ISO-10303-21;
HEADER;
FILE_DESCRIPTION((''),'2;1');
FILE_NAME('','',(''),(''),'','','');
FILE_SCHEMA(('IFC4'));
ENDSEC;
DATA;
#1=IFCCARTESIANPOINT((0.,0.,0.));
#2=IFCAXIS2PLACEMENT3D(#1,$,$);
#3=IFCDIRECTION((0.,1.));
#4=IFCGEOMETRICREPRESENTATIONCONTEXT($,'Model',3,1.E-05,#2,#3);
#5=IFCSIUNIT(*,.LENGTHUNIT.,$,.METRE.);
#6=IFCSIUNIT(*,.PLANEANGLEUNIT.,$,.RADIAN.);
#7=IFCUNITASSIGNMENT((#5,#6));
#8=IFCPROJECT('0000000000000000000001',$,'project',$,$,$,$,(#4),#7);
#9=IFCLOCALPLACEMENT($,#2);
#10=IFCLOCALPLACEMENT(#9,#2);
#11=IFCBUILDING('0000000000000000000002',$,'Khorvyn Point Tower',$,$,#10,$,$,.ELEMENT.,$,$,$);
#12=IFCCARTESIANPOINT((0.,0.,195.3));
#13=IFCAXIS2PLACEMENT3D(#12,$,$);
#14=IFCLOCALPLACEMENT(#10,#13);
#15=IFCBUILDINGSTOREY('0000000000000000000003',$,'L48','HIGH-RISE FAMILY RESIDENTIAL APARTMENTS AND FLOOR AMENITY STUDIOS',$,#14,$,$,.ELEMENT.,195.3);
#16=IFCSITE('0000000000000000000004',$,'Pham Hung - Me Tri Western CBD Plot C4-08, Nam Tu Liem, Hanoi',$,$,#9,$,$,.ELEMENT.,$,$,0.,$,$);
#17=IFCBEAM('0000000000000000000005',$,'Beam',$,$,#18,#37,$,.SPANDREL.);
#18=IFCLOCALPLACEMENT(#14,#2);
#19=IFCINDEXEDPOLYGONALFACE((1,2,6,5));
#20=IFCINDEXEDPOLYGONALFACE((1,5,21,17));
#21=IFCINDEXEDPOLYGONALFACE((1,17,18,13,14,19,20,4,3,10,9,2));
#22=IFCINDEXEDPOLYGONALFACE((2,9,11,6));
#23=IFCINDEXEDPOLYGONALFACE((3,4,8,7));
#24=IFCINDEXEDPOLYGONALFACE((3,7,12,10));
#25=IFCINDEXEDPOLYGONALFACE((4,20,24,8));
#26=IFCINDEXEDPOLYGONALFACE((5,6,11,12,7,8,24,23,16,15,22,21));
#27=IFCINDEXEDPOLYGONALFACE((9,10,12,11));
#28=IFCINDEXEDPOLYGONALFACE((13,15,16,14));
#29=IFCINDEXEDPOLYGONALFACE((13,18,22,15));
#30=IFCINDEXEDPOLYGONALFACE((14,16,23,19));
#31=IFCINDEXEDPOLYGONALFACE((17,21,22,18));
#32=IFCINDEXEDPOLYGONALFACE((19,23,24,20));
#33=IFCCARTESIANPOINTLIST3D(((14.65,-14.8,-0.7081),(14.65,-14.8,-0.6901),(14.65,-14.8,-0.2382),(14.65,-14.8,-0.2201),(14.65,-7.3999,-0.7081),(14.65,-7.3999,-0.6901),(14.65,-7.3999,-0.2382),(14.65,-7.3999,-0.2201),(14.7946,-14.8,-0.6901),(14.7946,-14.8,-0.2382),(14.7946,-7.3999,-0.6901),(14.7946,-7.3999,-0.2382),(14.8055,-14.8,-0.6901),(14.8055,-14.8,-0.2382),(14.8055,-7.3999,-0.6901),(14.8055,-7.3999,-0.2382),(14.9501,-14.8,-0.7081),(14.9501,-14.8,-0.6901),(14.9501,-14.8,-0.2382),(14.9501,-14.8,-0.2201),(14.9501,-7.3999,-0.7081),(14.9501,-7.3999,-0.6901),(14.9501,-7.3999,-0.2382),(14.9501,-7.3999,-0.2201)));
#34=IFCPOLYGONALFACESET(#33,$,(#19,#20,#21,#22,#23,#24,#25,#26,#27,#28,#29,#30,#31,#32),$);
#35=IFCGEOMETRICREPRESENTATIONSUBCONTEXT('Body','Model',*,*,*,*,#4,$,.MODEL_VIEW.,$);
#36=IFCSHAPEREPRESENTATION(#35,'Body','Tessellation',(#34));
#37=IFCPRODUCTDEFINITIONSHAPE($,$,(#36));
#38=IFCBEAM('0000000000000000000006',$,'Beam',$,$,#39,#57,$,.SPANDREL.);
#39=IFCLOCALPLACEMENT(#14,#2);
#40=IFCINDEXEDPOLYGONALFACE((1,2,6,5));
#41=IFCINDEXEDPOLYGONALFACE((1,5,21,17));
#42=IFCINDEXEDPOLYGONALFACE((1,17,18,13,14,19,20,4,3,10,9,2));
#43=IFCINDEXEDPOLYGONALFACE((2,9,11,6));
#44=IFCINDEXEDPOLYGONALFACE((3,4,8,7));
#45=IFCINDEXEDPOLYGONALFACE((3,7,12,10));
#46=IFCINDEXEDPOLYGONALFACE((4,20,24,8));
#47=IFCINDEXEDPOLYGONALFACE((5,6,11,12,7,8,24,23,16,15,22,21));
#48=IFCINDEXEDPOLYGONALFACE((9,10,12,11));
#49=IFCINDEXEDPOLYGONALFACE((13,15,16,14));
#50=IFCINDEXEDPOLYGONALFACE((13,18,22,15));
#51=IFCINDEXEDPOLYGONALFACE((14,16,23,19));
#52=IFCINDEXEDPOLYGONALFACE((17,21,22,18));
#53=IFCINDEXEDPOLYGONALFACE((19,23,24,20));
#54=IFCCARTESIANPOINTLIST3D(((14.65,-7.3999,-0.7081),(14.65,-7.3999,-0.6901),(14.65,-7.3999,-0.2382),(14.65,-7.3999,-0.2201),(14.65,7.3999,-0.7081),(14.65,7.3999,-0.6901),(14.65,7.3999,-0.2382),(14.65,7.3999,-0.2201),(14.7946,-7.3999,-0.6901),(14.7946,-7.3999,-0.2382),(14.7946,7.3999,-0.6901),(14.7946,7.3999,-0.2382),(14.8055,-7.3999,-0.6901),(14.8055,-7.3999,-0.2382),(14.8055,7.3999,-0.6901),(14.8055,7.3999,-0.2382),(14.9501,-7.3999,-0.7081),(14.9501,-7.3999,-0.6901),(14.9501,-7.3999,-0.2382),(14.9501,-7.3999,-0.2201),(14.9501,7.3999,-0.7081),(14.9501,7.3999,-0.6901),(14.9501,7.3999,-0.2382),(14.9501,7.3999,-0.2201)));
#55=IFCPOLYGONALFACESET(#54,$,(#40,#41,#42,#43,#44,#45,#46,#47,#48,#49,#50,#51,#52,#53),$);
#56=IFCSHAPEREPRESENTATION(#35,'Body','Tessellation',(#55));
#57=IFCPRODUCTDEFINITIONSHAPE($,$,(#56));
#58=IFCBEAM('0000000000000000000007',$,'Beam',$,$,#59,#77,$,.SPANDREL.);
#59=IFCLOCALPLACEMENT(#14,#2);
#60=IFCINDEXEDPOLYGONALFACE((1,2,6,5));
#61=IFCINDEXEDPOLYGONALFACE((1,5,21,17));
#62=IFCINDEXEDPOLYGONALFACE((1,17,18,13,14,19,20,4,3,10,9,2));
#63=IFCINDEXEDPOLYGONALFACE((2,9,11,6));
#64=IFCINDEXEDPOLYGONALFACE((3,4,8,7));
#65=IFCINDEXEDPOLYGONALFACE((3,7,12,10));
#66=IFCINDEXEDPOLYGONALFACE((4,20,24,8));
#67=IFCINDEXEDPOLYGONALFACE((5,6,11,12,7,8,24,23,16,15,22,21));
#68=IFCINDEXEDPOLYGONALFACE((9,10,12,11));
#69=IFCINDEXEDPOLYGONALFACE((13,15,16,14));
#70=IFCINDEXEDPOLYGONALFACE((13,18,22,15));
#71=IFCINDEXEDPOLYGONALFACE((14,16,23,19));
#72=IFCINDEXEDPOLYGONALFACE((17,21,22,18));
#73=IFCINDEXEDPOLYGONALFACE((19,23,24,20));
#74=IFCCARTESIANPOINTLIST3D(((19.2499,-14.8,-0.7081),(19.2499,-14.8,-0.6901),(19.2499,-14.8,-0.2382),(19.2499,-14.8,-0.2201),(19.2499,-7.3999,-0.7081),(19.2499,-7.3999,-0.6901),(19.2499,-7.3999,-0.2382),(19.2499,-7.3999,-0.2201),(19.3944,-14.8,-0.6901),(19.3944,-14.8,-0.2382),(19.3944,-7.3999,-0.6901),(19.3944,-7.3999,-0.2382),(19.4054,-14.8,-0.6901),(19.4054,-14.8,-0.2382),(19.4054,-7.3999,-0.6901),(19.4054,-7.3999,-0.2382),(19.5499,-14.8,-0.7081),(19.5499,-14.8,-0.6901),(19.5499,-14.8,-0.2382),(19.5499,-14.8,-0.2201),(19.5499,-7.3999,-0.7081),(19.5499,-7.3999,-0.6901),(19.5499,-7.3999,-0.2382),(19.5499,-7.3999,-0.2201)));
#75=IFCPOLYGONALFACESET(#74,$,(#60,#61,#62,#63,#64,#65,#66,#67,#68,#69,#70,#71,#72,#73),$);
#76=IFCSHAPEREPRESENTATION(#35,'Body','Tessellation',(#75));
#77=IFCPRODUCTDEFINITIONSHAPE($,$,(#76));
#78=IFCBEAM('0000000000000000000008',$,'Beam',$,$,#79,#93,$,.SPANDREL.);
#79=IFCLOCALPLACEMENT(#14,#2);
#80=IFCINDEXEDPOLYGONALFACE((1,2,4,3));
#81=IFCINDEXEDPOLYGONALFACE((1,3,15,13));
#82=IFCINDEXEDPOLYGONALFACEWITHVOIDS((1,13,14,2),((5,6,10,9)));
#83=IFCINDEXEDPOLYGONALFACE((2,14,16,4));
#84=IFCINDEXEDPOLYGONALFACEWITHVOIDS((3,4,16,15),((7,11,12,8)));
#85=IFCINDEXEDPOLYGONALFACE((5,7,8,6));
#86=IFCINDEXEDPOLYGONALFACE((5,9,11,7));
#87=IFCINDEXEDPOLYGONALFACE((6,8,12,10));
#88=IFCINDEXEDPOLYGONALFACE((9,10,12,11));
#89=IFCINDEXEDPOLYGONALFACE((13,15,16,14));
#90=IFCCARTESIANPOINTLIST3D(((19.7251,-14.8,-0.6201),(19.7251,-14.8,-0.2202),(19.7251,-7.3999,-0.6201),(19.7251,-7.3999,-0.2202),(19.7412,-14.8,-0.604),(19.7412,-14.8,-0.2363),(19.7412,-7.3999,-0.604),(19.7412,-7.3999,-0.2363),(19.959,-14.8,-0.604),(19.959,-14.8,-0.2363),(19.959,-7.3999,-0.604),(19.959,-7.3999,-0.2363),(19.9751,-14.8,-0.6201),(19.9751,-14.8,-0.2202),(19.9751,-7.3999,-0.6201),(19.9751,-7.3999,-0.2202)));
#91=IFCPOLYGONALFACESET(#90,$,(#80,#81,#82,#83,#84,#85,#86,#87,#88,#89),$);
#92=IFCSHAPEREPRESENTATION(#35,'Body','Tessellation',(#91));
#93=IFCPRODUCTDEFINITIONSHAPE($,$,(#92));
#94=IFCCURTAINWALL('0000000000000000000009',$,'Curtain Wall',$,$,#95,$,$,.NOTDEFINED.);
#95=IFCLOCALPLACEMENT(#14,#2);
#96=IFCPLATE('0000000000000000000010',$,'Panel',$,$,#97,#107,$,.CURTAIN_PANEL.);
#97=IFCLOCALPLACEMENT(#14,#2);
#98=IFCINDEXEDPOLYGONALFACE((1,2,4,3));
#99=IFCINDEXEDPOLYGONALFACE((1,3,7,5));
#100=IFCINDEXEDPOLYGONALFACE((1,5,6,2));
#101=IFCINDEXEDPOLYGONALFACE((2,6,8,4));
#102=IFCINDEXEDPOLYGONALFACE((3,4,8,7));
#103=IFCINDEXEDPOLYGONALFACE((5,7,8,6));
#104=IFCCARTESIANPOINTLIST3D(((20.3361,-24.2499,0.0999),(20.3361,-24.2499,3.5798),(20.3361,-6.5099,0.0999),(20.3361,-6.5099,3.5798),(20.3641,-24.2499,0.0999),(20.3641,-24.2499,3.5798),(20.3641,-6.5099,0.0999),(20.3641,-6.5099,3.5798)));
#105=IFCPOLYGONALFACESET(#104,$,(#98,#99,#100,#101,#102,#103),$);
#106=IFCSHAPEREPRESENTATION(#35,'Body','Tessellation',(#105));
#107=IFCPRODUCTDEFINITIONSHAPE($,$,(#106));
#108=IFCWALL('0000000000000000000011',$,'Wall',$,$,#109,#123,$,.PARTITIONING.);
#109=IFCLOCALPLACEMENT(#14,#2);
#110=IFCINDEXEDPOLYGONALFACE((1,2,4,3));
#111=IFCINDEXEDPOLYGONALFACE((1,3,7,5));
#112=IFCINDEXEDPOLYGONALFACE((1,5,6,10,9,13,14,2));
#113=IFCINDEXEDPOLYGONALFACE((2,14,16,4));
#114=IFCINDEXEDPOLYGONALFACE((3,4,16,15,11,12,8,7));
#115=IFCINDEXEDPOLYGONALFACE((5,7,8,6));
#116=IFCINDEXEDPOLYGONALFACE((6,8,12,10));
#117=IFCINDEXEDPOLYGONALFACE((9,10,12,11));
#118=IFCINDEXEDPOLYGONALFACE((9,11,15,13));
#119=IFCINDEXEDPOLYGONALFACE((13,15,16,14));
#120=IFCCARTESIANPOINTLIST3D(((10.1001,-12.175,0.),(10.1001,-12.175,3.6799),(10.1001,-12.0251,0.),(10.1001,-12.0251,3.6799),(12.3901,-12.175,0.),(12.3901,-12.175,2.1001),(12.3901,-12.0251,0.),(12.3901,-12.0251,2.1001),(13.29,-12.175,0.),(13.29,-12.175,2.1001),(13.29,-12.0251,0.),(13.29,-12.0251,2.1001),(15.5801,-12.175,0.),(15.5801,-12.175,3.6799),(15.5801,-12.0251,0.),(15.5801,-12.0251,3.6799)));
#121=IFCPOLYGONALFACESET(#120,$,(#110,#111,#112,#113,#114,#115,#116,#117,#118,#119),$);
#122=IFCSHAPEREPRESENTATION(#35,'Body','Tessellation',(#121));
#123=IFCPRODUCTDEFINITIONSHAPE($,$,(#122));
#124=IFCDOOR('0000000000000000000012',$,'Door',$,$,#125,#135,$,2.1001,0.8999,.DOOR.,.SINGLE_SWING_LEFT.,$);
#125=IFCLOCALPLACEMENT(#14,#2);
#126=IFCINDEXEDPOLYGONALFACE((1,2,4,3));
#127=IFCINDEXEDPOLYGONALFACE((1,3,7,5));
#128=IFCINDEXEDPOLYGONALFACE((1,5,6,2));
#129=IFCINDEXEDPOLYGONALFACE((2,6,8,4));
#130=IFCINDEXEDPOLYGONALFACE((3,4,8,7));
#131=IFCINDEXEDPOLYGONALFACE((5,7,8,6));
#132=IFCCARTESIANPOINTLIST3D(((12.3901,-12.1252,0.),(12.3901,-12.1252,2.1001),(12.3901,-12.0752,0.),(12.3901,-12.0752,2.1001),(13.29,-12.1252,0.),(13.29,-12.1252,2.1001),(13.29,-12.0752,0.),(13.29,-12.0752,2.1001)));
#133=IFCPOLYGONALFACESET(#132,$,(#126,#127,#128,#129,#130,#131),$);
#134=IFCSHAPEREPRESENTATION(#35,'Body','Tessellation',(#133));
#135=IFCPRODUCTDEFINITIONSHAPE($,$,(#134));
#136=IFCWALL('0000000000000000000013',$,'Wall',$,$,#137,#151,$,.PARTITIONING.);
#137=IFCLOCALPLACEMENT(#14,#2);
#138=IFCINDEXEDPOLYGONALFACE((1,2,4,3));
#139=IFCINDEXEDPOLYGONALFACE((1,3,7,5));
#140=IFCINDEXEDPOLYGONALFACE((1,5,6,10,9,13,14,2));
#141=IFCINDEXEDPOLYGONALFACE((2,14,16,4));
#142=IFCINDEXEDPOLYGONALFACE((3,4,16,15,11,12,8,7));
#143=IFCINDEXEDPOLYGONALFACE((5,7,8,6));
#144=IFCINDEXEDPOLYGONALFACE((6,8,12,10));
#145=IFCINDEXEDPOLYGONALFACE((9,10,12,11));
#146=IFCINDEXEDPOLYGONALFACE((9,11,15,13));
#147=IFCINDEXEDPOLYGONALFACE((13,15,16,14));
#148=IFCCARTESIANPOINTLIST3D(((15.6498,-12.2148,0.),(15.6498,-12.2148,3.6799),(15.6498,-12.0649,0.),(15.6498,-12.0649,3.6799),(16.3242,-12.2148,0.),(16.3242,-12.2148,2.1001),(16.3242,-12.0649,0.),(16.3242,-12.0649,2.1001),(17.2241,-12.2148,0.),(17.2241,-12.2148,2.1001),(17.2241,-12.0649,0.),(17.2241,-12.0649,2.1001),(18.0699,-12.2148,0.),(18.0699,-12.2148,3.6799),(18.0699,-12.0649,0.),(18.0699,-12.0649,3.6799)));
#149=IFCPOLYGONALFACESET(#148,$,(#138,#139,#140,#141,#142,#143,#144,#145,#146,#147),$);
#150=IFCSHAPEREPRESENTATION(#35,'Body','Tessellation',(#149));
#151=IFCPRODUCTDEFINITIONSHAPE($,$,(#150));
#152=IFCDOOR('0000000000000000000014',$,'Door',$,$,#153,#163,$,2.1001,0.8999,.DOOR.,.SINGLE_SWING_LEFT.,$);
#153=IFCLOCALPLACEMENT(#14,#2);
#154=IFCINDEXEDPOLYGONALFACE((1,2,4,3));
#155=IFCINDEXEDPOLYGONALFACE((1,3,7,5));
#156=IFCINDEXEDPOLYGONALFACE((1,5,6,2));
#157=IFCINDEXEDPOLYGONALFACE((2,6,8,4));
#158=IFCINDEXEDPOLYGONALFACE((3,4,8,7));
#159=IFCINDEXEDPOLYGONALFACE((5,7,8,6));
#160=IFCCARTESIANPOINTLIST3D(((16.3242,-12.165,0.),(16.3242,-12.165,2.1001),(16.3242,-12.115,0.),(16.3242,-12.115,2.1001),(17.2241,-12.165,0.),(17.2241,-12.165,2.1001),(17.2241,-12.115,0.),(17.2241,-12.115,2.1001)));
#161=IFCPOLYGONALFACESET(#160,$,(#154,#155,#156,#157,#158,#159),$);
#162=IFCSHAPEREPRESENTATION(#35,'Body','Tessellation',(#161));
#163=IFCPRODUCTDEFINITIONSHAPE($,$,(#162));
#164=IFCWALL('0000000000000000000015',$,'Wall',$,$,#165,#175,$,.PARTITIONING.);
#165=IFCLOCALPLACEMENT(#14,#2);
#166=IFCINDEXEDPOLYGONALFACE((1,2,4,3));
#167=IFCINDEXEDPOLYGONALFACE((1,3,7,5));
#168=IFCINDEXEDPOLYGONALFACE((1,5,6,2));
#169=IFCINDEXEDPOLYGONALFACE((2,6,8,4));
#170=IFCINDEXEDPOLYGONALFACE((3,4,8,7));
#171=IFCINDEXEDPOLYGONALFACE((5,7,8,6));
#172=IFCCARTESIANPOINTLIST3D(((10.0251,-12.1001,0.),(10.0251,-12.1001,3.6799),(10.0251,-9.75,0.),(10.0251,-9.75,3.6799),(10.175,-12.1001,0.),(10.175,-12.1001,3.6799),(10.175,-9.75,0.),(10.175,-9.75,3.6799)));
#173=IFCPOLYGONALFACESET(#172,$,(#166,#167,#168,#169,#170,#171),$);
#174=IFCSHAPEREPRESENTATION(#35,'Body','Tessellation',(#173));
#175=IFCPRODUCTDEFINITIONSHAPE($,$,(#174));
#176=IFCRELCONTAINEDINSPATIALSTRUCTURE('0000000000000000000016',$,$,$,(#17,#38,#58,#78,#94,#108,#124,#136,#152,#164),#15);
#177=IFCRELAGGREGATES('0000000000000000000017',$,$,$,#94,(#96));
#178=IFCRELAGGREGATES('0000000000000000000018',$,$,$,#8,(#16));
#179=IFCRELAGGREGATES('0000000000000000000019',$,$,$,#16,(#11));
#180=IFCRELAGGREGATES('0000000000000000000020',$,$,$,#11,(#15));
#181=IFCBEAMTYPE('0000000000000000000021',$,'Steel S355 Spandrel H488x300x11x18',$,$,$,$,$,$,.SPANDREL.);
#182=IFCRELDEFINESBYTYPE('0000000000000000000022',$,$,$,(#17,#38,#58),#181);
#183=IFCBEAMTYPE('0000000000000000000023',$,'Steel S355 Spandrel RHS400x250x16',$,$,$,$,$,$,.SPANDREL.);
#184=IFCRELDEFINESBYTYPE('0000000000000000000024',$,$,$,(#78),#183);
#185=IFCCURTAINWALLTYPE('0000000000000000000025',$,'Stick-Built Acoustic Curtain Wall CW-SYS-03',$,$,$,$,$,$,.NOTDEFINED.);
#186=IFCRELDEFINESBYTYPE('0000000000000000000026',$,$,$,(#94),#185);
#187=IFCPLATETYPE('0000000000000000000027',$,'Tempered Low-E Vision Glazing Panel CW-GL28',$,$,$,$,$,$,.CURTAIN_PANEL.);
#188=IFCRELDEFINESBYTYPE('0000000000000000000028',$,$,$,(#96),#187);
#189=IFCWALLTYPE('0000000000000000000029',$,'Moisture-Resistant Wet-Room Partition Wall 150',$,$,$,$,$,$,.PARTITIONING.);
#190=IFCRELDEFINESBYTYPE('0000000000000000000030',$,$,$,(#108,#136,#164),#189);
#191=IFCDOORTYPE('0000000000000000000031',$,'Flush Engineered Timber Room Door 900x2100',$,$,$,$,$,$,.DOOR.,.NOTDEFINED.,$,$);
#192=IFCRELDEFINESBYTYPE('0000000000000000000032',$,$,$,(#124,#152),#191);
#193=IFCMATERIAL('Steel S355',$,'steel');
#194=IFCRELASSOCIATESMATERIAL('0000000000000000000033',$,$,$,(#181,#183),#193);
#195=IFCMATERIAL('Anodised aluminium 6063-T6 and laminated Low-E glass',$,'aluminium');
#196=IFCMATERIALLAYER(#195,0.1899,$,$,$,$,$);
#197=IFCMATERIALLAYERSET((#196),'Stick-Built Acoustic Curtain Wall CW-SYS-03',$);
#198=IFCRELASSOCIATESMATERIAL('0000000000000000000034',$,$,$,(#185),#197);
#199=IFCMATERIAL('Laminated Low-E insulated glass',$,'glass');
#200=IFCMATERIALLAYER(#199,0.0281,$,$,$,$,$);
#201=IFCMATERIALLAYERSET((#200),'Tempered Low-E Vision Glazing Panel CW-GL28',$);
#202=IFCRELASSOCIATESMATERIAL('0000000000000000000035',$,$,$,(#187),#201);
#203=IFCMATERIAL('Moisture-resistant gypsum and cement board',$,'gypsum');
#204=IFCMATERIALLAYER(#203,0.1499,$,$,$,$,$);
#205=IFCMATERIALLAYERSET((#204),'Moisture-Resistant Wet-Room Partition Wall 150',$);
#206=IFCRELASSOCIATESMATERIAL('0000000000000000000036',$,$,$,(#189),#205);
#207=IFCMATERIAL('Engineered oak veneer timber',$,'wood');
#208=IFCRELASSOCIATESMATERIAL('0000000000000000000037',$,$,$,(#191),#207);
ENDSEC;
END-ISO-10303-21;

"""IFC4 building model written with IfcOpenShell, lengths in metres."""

from ifc_helpers import new_model, si_unit, direction, frame, frame_2d, origin, origin_2d, place, context, subcontext, project, spatial, rectangle, hollow_rectangle, i_section, extrude, material, layer, layer_set, material_profile, profile_set, type_object, element, fill, aggregate, save


model = new_model("IFC4")

# Units and contexts
model_context = context("Model", 3, precision=1e-05, world=origin(), true_north=direction((0.0, 1.0)))
body_context = subcontext(model_context, "Body", "Model", "MODEL_VIEW")
ifc_project = project(units=[si_unit("LENGTHUNIT", "METRE"), si_unit("PLANEANGLEUNIT", "RADIAN")], contexts=[model_context])

# Site, building, storey
site_placement = place(None, origin())
site = spatial("IfcSite", under=ifc_project, at=site_placement, Name="Pham Hung - Me Tri Western CBD Plot C4-08, Nam Tu Liem, Hanoi", CompositionType="ELEMENT", RefElevation=0.0)
building_placement = place(site_placement, origin())
building = spatial("IfcBuilding", under=site, at=building_placement, Name="Khorvyn Point Tower", CompositionType="ELEMENT")
storey_placement = place(building_placement, frame((0.0, 0.0, 195.3)))
storey = spatial("IfcBuildingStorey", under=building, at=storey_placement, Name="L48", Description="HIGH-RISE FAMILY RESIDENTIAL APARTMENTS AND FLOOR AMENITY STUDIOS", CompositionType="ELEMENT", Elevation=195.3)

# Beams
ifc_material_1 = material(Name="Steel S355", Category="steel")
ifc_material_profile_1 = material_profile(ifc_material_1, i_section(OverallWidth=0.3, OverallDepth=0.488, WebThickness=0.011, FlangeThickness=0.0181, at=origin_2d()))
ifc_profile_set_1 = profile_set([ifc_material_profile_1], Name="Steel S355 H488x300x11x18")
beam_type_1 = type_object("IfcBeamType", Name="Steel S355 Spandrel H488x300x11x18", PredefinedType="SPANDREL", material=ifc_profile_set_1)
beam_1_placement = place(storey_placement, frame((14.8, -14.8, -0.4641), z_axis=(0.0, 1.0, 0.0), x_axis=(-1.0, 0.0, 0.0)))
element("IfcBeam", 1, at=beam_1_placement, inside=storey, type_object=beam_type_1, Name="Beam", PredefinedType="SPANDREL", context=body_context, shape_type="SweptSolid", body=[
    extrude(i_section(OverallWidth=0.3, OverallDepth=0.488, WebThickness=0.011, FlangeThickness=0.0181, at=origin_2d()), origin(), (0.0, 0.0, 1.0), 7.4001),
])
beam_2_placement = place(storey_placement, frame((14.8, -7.3999, -0.4641), z_axis=(0.0, 1.0, 0.0), x_axis=(-1.0, 0.0, 0.0)))
element("IfcBeam", 2, at=beam_2_placement, inside=storey, type_object=beam_type_1, Name="Beam", PredefinedType="SPANDREL", context=body_context, shape_type="SweptSolid", body=[
    extrude(i_section(OverallWidth=0.3, OverallDepth=0.488, WebThickness=0.011, FlangeThickness=0.0181, at=origin_2d()), origin(), (0.0, 0.0, 1.0), 14.7998),
])
beam_3_placement = place(storey_placement, frame((19.3999, -14.8, -0.4641), z_axis=(0.0, 1.0, 0.0), x_axis=(-1.0, 0.0, 0.0)))
element("IfcBeam", 3, at=beam_3_placement, inside=storey, type_object=beam_type_1, Name="Beam", PredefinedType="SPANDREL", context=body_context, shape_type="SweptSolid", body=[
    extrude(i_section(OverallWidth=0.3, OverallDepth=0.488, WebThickness=0.011, FlangeThickness=0.0181, at=origin_2d()), origin(), (0.0, 0.0, 1.0), 7.4001),
])
ifc_material_profile_2 = material_profile(ifc_material_1, hollow_rectangle(XDim=0.25, YDim=0.3999, WallThickness=0.0161, at=origin_2d()))
ifc_profile_set_2 = profile_set([ifc_material_profile_2], Name="Steel S355 RHS400x250x16")
beam_type_2 = type_object("IfcBeamType", Name="Steel S355 Spandrel RHS400x250x16", PredefinedType="SPANDREL", material=ifc_profile_set_2)
beam_4_placement = place(storey_placement, frame((19.8501, -14.8, -0.4202), z_axis=(0.0, 1.0, 0.0), x_axis=(-1.0, 0.0, 0.0)))
element("IfcBeam", 4, at=beam_4_placement, inside=storey, type_object=beam_type_2, Name="Beam", PredefinedType="SPANDREL", context=body_context, shape_type="SweptSolid", body=[
    extrude(hollow_rectangle(XDim=0.25, YDim=0.3999, WallThickness=0.0161, at=origin_2d()), origin(), (0.0, 0.0, 1.0), 7.4001),
])

# Curtain wall, plate
ifc_material_2 = material(Name="Anodised aluminium 6063-T6 and laminated Low-E glass", Category="aluminium")
ifc_layer_1 = layer(ifc_material_2, 0.1899)
ifc_layer_set_1 = layer_set([ifc_layer_1], Name="Stick-Built Acoustic Curtain Wall CW-SYS-03")
curtain_wall_type = type_object("IfcCurtainWallType", Name="Stick-Built Acoustic Curtain Wall CW-SYS-03", PredefinedType="NOTDEFINED", material=ifc_layer_set_1)
curtain_wall_placement = place(storey_placement, origin())
curtain_wall = element("IfcCurtainWall", 5, at=curtain_wall_placement, inside=storey, type_object=curtain_wall_type, Name="Curtain Wall", PredefinedType="NOTDEFINED")
ifc_material_3 = material(Name="Laminated Low-E insulated glass", Category="glass")
ifc_layer_2 = layer(ifc_material_3, 0.0281)
ifc_layer_set_2 = layer_set([ifc_layer_2], Name="Tempered Low-E Vision Glazing Panel CW-GL28")
plate_type = type_object("IfcPlateType", Name="Tempered Low-E Vision Glazing Panel CW-GL28", PredefinedType="CURTAIN_PANEL", material=ifc_layer_set_2)
plate_placement = place(storey_placement, frame((20.3501, -15.3799, 0.0999), z_axis=(0.0, 0.0, 1.0), x_axis=(0.0, -1.0, 0.0)))
plate = element("IfcPlate", 6, at=plate_placement, type_object=plate_type, Name="Panel", PredefinedType="CURTAIN_PANEL", context=body_context, shape_type="SweptSolid", body=[
    extrude(rectangle(XDim=17.74, YDim=0.0281, at=origin_2d()), origin(), (0.0, 0.0, 1.0), 3.48),
])
aggregate(curtain_wall, [plate])

# Walls, openings, doors
ifc_material_4 = material(Name="Moisture-resistant gypsum and cement board", Category="gypsum")
ifc_layer_3 = layer(ifc_material_4, 0.1499)
ifc_layer_set_3 = layer_set([ifc_layer_3], Name="Moisture-Resistant Wet-Room Partition Wall 150")
wall_type = type_object("IfcWallType", Name="Moisture-Resistant Wet-Room Partition Wall 150", PredefinedType="PARTITIONING", material=ifc_layer_set_3)
wall_1_placement = place(storey_placement, frame((10.1001, -12.1001, 0.0), z_axis=(0.0, 0.0, 1.0), x_axis=(1.0, 0.0, 0.0)))
wall_1 = element("IfcWall", 7, at=wall_1_placement, inside=storey, type_object=wall_type, Name="Wall", PredefinedType="PARTITIONING", context=body_context, shape_type="SweptSolid", body=[
    extrude(rectangle(XDim=5.48, YDim=0.1499, at=frame_2d((2.74, 0.0))), origin(), (0.0, 0.0, 1.0), 3.6799),
])
opening_1_placement = place(wall_1_placement, frame((2.29, 0.0, 0.0)))
opening_1 = element("IfcOpeningElement", 8, at=opening_1_placement, cuts=wall_1, PredefinedType="OPENING", context=body_context, shape_type="SweptSolid", body=[
    extrude(rectangle(XDim=0.8999, YDim=2.1001, at=frame_2d((0.45, 1.05))), frame((0.0, 0.085, 0.0), z_axis=(0.0, -1.0, 0.0), x_axis=(1.0, 0.0, 0.0)), (0.0, 0.0, 1.0), 0.1699),
])
ifc_material_5 = material(Name="Engineered oak veneer timber", Category="wood")
door_type = type_object("IfcDoorType", Name="Flush Engineered Timber Room Door 900x2100", OperationType="NOTDEFINED", PredefinedType="DOOR", material=ifc_material_5)
door_1_placement = place(opening_1_placement, origin())
door_1 = element("IfcDoor", 9, at=door_1_placement, inside=storey, type_object=door_type, Name="Door", OperationType="SINGLE_SWING_LEFT", OverallHeight=2.1001, OverallWidth=0.8999, PredefinedType="DOOR", context=body_context, shape_type="SweptSolid", body=[
    extrude(rectangle(XDim=0.8999, YDim=2.1001, at=frame_2d((0.45, 1.05))), frame((0.0, 0.0249, 0.0), z_axis=(0.0, -1.0, 0.0), x_axis=(1.0, 0.0, 0.0)), (0.0, 0.0, 1.0), 0.05),
])
fill(opening_1, door_1)
wall_2_placement = place(storey_placement, frame((15.6499, -12.1399, 0.0), z_axis=(0.0, 0.0, 1.0), x_axis=(1.0, 0.0, 0.0)))
wall_2 = element("IfcWall", 10, at=wall_2_placement, inside=storey, type_object=wall_type, Name="Wall", PredefinedType="PARTITIONING", context=body_context, shape_type="SweptSolid", body=[
    extrude(rectangle(XDim=2.4202, YDim=0.1499, at=frame_2d((1.21, 0.0))), origin(), (0.0, 0.0, 1.0), 3.6799),
])
opening_2_placement = place(wall_2_placement, frame((0.6743, 0.0, 0.0)))
opening_2 = element("IfcOpeningElement", 11, at=opening_2_placement, cuts=wall_2, PredefinedType="OPENING", context=body_context, shape_type="SweptSolid", body=[
    extrude(rectangle(XDim=0.8999, YDim=2.1001, at=frame_2d((0.45, 1.05))), frame((0.0, 0.085, 0.0), z_axis=(0.0, -1.0, 0.0), x_axis=(1.0, 0.0, 0.0)), (0.0, 0.0, 1.0), 0.1699),
])
door_2_placement = place(opening_2_placement, origin())
door_2 = element("IfcDoor", 12, at=door_2_placement, inside=storey, type_object=door_type, Name="Door", OperationType="SINGLE_SWING_LEFT", OverallHeight=2.1001, OverallWidth=0.8999, PredefinedType="DOOR", context=body_context, shape_type="SweptSolid", body=[
    extrude(rectangle(XDim=0.8999, YDim=2.1001, at=frame_2d((0.45, 1.05))), frame((0.0, 0.0249, 0.0), z_axis=(0.0, -1.0, 0.0), x_axis=(1.0, 0.0, 0.0)), (0.0, 0.0, 1.0), 0.05),
])
fill(opening_2, door_2)

# Wall
wall_3_placement = place(storey_placement, frame((10.1001, -12.1001, 0.0), z_axis=(0.0, 0.0, 1.0), x_axis=(0.0, 1.0, 0.0)))
element("IfcWall", 13, at=wall_3_placement, inside=storey, type_object=wall_type, Name="Wall", PredefinedType="PARTITIONING", context=body_context, shape_type="SweptSolid", body=[
    extrude(rectangle(XDim=2.3501, YDim=0.1499, at=frame_2d((1.175, 0.0))), origin(), (0.0, 0.0, 1.0), 3.6799),
])

save(model, "model.ifc")
